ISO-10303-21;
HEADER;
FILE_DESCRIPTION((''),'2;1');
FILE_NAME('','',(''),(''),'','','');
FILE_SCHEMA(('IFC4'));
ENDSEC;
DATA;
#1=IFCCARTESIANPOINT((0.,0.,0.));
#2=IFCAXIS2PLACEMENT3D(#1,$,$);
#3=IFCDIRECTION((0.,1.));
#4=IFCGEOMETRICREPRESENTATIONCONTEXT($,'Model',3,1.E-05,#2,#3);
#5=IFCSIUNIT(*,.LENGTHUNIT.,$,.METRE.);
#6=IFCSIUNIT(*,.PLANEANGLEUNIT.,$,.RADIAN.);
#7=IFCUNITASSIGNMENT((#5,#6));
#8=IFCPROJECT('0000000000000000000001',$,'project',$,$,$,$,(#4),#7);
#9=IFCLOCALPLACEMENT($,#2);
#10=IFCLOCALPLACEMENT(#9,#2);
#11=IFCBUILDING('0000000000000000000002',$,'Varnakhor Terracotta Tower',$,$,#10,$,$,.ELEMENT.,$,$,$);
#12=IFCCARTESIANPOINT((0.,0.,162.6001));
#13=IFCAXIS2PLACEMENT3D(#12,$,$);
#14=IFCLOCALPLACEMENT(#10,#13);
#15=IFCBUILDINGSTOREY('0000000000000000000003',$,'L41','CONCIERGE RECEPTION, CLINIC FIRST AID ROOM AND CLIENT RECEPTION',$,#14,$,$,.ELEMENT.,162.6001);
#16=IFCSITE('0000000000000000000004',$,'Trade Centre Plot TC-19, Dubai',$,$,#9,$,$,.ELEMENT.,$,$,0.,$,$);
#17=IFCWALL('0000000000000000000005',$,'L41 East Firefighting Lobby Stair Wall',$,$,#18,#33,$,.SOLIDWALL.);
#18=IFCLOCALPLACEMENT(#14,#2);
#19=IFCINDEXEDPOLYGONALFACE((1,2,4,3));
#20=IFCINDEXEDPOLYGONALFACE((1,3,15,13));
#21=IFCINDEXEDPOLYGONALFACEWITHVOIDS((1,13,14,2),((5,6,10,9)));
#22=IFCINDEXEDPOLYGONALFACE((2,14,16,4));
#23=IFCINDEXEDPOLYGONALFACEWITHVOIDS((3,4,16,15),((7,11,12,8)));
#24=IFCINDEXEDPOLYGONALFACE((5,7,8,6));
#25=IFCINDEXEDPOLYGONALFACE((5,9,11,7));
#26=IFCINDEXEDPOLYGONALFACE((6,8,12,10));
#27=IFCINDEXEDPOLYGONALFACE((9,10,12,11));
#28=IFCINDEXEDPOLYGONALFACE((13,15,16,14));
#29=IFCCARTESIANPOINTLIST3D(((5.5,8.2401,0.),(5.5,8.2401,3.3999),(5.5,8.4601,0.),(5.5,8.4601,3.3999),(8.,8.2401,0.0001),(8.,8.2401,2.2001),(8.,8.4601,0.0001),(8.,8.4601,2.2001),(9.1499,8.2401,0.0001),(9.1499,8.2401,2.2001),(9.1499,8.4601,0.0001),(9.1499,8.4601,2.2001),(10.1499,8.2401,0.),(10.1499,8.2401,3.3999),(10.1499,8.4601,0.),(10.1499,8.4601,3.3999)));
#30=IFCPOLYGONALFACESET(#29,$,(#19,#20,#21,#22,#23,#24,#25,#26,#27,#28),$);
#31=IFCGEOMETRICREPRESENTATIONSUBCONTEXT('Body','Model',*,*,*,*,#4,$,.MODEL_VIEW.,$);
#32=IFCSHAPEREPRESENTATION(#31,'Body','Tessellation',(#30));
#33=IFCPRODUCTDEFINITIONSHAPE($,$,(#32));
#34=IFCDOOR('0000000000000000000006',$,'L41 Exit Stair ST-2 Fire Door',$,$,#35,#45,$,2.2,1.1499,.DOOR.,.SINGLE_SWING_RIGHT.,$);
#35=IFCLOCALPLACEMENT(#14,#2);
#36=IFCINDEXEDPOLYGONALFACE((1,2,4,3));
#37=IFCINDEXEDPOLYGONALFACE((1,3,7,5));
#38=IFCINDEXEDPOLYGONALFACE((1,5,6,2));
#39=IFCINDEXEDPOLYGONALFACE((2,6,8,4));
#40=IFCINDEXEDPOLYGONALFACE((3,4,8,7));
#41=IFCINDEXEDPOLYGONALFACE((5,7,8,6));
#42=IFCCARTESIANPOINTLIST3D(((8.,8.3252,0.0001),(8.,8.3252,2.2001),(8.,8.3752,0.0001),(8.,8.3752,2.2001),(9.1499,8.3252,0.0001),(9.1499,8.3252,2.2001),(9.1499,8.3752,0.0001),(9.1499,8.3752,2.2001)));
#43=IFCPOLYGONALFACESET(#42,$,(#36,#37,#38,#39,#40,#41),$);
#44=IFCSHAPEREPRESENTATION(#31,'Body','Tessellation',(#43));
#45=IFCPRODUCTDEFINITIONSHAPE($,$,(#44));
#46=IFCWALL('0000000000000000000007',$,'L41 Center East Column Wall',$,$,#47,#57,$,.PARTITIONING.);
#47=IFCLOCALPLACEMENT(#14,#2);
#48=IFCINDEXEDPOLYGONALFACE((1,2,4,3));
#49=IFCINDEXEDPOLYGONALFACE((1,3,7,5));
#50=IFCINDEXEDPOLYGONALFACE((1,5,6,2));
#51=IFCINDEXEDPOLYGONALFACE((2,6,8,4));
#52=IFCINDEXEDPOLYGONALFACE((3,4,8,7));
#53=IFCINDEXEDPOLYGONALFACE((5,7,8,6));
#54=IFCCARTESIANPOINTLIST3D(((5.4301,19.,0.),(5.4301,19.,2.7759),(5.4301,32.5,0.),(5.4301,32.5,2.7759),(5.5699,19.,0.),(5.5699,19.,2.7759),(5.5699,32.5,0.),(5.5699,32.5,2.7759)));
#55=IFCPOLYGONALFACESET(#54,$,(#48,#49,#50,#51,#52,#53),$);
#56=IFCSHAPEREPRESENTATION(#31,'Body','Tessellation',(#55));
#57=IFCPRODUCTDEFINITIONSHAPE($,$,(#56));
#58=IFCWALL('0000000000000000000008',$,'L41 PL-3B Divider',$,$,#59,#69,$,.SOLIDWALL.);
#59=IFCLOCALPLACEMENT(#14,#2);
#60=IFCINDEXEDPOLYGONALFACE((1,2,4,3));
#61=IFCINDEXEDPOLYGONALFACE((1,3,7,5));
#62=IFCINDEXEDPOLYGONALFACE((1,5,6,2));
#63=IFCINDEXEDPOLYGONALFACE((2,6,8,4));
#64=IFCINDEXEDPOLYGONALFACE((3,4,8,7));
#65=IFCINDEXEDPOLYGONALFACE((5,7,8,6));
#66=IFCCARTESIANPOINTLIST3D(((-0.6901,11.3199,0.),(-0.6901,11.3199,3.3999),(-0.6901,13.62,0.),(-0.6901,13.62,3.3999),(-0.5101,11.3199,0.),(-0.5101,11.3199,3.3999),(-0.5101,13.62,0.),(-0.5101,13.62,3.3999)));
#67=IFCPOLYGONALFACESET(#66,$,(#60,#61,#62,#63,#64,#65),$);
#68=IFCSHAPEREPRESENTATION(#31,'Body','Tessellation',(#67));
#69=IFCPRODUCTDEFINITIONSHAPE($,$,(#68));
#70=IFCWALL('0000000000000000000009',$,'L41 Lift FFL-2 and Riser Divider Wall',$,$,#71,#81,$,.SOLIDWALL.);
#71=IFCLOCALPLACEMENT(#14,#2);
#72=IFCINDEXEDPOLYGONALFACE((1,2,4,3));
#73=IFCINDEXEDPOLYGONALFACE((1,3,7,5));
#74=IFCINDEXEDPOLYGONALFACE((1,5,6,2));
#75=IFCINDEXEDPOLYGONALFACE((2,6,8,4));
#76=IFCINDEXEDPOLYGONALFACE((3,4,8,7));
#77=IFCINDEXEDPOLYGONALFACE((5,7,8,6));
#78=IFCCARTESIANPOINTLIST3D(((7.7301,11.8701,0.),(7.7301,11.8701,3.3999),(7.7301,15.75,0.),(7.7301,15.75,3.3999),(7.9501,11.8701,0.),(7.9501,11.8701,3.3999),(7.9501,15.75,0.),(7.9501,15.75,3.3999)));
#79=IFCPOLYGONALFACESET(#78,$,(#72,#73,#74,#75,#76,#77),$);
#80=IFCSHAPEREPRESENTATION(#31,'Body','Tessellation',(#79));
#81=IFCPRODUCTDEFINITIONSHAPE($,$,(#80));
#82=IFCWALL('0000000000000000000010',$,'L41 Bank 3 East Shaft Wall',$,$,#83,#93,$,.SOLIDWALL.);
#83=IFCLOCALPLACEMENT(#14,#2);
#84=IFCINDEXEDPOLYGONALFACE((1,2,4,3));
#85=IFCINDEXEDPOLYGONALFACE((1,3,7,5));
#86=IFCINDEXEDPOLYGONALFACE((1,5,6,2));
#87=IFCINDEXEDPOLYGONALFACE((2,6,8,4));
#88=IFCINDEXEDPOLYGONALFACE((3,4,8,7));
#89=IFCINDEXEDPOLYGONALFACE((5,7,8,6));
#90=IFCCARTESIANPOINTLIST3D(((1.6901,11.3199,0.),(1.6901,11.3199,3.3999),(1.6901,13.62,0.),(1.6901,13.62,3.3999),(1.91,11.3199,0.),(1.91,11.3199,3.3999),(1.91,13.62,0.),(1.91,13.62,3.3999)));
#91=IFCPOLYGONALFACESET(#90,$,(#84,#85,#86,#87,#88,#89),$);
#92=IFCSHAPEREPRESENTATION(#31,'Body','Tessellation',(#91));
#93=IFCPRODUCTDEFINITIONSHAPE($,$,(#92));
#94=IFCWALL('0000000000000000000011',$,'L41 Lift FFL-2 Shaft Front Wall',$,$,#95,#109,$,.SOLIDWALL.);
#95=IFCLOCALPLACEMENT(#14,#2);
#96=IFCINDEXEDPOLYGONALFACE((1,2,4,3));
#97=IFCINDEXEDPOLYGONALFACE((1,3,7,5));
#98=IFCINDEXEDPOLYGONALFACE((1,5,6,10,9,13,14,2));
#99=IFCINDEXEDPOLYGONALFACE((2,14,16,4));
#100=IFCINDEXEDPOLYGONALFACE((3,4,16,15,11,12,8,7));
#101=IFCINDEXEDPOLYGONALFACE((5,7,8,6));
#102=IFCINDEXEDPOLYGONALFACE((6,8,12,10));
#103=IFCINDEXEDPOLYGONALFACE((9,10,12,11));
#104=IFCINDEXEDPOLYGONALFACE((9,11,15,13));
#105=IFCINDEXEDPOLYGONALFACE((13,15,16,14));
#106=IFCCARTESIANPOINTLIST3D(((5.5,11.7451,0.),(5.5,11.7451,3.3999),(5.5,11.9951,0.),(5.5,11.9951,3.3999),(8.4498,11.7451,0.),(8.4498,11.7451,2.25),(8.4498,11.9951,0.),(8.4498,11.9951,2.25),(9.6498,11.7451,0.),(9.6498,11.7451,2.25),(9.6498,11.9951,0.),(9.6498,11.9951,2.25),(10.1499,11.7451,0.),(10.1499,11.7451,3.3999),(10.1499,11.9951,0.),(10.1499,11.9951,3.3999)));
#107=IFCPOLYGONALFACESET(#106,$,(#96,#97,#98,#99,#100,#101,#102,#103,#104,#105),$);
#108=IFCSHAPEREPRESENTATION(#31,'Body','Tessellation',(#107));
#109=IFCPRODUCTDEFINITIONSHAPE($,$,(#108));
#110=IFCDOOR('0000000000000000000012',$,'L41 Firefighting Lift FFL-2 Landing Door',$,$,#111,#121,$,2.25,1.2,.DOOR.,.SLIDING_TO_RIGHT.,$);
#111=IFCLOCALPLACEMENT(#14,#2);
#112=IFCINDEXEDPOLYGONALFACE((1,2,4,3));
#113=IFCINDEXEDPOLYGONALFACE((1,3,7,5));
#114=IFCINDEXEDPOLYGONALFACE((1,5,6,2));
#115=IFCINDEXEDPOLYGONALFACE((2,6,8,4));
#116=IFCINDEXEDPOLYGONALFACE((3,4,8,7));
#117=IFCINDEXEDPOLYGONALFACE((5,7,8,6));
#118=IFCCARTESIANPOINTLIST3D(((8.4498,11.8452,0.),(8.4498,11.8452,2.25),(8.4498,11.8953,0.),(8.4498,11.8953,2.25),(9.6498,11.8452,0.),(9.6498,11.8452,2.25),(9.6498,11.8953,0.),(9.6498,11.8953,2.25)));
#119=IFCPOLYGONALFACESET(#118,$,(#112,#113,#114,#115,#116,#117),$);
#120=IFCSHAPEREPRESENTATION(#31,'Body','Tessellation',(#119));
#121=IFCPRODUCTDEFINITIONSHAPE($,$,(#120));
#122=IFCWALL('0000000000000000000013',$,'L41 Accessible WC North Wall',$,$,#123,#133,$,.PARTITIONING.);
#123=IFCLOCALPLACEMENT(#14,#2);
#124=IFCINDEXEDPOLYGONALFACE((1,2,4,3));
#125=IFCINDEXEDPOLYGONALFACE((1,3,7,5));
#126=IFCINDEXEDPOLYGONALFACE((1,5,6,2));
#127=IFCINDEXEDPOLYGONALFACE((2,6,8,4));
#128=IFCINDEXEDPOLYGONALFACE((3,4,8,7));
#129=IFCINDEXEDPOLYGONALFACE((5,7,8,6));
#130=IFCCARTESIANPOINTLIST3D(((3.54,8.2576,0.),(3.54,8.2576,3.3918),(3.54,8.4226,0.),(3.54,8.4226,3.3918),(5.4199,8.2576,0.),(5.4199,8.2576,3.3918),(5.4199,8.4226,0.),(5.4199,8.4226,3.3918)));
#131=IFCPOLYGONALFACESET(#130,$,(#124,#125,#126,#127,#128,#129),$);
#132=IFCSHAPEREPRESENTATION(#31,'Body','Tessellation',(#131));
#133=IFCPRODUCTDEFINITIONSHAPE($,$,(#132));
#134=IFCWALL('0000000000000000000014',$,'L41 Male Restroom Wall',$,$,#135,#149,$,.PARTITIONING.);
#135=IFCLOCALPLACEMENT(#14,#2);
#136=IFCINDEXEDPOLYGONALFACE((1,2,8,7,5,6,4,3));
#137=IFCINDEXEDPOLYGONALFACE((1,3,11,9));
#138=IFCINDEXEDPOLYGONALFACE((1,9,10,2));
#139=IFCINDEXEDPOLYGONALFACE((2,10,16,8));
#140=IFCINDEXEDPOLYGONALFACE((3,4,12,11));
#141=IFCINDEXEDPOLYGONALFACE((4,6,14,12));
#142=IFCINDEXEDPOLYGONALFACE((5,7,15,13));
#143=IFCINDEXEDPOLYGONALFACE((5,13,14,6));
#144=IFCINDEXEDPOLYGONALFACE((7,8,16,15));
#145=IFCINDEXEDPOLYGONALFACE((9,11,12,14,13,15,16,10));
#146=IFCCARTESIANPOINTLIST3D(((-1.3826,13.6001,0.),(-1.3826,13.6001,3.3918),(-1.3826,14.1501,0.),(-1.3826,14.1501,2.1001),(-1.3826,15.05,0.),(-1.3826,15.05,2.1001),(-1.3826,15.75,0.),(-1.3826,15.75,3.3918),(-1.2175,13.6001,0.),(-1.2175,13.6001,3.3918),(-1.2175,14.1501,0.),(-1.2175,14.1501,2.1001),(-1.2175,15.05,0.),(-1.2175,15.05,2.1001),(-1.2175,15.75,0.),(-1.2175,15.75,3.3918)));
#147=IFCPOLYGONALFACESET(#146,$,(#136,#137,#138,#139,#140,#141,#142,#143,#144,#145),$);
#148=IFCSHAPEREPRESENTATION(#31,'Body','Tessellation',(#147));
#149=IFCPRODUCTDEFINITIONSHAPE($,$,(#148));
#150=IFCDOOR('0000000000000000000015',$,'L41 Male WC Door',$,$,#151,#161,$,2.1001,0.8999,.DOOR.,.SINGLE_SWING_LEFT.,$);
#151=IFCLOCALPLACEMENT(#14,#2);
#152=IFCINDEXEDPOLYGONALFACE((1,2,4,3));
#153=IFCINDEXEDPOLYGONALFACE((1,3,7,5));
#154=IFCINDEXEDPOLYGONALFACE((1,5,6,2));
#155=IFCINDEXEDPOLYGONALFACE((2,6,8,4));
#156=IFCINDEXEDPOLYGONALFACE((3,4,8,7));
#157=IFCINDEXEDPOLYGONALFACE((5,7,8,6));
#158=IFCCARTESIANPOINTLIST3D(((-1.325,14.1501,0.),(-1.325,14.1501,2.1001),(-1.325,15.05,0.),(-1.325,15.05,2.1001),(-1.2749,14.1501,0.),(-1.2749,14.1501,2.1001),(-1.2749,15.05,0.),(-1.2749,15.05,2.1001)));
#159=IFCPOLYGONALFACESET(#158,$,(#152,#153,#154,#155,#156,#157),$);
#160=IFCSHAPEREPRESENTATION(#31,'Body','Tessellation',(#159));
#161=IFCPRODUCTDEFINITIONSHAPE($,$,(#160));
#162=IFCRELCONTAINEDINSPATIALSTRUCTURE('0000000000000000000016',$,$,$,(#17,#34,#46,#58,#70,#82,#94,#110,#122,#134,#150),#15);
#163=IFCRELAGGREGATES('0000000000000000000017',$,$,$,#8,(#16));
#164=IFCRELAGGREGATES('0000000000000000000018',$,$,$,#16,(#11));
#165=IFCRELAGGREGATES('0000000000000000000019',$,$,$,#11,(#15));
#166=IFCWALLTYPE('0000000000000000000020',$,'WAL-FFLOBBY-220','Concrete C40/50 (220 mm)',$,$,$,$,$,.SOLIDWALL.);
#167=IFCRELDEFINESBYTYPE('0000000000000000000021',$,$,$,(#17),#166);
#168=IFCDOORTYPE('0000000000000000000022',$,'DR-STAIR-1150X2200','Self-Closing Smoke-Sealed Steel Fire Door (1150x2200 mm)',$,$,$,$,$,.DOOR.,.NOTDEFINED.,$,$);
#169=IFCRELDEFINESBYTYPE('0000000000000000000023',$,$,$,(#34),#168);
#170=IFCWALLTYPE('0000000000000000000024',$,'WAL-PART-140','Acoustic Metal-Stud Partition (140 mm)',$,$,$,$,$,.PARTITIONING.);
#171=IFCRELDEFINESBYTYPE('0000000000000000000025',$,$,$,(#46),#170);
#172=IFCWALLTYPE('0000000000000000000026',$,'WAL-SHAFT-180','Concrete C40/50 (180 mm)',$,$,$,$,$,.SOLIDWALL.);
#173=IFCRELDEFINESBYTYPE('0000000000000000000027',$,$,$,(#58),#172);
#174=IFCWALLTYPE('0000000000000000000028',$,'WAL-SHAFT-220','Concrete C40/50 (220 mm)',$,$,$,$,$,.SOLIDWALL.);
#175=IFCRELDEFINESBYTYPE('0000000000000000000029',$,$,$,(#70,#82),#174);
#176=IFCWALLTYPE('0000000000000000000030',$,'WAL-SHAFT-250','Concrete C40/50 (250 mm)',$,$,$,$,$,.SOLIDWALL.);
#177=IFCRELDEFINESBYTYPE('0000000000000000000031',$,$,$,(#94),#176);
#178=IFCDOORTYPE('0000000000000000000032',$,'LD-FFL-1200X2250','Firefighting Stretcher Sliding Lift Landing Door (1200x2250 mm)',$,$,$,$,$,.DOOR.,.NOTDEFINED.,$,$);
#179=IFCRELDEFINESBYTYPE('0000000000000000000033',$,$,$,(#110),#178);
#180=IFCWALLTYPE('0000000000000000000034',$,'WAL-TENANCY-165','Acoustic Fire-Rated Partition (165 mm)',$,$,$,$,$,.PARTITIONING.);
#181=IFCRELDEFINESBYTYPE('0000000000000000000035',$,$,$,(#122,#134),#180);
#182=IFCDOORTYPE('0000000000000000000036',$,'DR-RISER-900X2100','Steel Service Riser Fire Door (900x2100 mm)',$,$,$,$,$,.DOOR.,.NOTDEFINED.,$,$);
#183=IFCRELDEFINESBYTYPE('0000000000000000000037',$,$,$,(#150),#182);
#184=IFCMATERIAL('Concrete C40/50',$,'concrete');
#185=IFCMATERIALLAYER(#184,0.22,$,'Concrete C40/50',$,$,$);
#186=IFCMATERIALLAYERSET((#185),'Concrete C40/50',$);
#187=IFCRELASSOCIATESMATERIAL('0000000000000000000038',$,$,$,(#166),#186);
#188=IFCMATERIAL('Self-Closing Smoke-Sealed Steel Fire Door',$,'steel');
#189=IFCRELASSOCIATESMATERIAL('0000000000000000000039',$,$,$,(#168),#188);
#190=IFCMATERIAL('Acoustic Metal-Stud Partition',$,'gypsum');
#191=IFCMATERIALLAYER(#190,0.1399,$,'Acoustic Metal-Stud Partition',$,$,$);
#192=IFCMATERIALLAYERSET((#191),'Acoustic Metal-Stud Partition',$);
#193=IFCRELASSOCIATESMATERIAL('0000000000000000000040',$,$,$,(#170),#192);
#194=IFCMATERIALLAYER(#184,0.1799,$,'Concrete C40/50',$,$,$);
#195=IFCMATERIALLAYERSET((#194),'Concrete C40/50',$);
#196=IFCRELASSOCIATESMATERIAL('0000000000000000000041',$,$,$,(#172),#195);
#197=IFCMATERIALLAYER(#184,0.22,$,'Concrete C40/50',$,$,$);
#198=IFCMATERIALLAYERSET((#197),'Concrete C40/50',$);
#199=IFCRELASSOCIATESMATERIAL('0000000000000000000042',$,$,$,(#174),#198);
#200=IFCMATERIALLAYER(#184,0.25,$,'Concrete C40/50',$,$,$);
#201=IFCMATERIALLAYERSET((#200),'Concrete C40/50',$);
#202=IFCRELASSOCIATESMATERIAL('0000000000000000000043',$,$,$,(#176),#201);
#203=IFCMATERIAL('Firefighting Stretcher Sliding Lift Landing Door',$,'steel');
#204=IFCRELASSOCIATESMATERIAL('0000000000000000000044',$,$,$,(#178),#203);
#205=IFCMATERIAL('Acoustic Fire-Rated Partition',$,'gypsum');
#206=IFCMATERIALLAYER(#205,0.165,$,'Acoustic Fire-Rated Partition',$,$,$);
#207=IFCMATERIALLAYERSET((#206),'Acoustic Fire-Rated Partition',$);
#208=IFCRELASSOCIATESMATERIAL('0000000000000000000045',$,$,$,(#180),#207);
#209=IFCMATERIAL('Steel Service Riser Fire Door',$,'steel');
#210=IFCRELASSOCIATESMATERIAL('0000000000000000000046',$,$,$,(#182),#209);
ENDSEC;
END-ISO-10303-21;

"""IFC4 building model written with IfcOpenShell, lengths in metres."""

from ifc_helpers import new_model, si_unit, direction, frame, frame_2d, origin, place, context, subcontext, project, spatial, rectangle, extrude, source, transform, mapped, material, layer, layer_set, type_object, type_shapes, element, fill, save


model = new_model("IFC4")

# Units and contexts
model_context = context("Model", 3, precision=1e-05, world=origin(), true_north=direction((0.0, 1.0)))
body_context = subcontext(model_context, "Body", "Model", "MODEL_VIEW")
ifc_project = project(units=[si_unit("LENGTHUNIT", "METRE"), si_unit("PLANEANGLEUNIT", "RADIAN")], contexts=[model_context])

# Site, building, storey
site_placement = place(None, origin())
site = spatial("IfcSite", under=ifc_project, at=site_placement, Name="Trade Centre Plot TC-19, Dubai", CompositionType="ELEMENT", RefElevation=0.0)
building_placement = place(site_placement, origin())
building = spatial("IfcBuilding", under=site, at=building_placement, Name="Varnakhor Terracotta Tower", CompositionType="ELEMENT")
storey_placement = place(building_placement, frame((0.0, 0.0, 162.6001)))
storey = spatial("IfcBuildingStorey", under=building, at=storey_placement, Name="L41", Description="CONCIERGE RECEPTION, CLINIC FIRST AID ROOM AND CLIENT RECEPTION", CompositionType="ELEMENT", Elevation=162.6001)

# Wall, opening, door
ifc_material_1 = material(Name="Concrete C40/50", Category="concrete")
ifc_layer_1 = layer(ifc_material_1, 0.22, Name="Concrete C40/50")
ifc_layer_set_1 = layer_set([ifc_layer_1], Name="Concrete C40/50")
wall_type_1 = type_object("IfcWallType", Name="WAL-FFLOBBY-220", Description="Concrete C40/50 (220 mm)", PredefinedType="SOLIDWALL", material=ifc_layer_set_1)
wall_1_placement = place(storey_placement, frame((10.1499, 8.3501, 0.0), z_axis=(0.0, 0.0, 1.0), x_axis=(-1.0, 0.0, 0.0)))
wall_1 = element("IfcWall", 1, at=wall_1_placement, inside=storey, type_object=wall_type_1, Name="L41 East Firefighting Lobby Stair Wall", PredefinedType="SOLIDWALL", context=body_context, shape_type="SweptSolid", body=[
    extrude(rectangle(XDim=4.6499, YDim=0.22, at=frame_2d((2.325, 0.0))), origin(), (0.0, 0.0, 1.0), 3.3999),
])
opening_1_placement = place(wall_1_placement, frame((1.0, 0.0, 0.0)))
opening_1 = element("IfcOpeningElement", 2, at=opening_1_placement, cuts=wall_1, PredefinedType="OPENING", context=body_context, shape_type="SweptSolid", body=[
    extrude(rectangle(XDim=1.1499, YDim=2.2, at=frame_2d((0.575, 1.1001))), frame((0.0, 0.1201, 0.0), z_axis=(0.0, -1.0, 0.0), x_axis=(1.0, 0.0, 0.0)), (0.0, 0.0, 1.0), 0.24),
])
ifc_material_2 = material(Name="Self-Closing Smoke-Sealed Steel Fire Door", Category="steel")
door_type_1 = type_object("IfcDoorType", Name="DR-STAIR-1150X2200", Description="Self-Closing Smoke-Sealed Steel Fire Door (1150x2200 mm)", OperationType="NOTDEFINED", PredefinedType="DOOR", material=ifc_material_2)
shared_shape_1 = source(origin(), body_context, "Body", "SweptSolid", [
    extrude(rectangle(XDim=1.1499, YDim=2.2, at=frame_2d((0.575, 1.1001))), frame((0.0, 0.0249, 0.0), z_axis=(0.0, -1.0, 0.0), x_axis=(1.0, 0.0, 0.0)), (0.0, 0.0, 1.0), 0.05),
])
type_shapes(door_type_1, [shared_shape_1])
door_1_placement = place(opening_1_placement, origin())
door_1 = element("IfcDoor", 3, at=door_1_placement, inside=storey, type_object=door_type_1, Name="L41 Exit Stair ST-2 Fire Door", OperationType="SINGLE_SWING_RIGHT", OverallHeight=2.2, OverallWidth=1.1499, PredefinedType="DOOR", context=body_context, shape_type="MappedRepresentation", body=[
    mapped(shared_shape_1, transform((0.0, 0.0, 0.0), scale=1.0)),
])
fill(opening_1, door_1)

# Walls
ifc_material_3 = material(Name="Acoustic Metal-Stud Partition", Category="gypsum")
ifc_layer_2 = layer(ifc_material_3, 0.1399, Name="Acoustic Metal-Stud Partition")
ifc_layer_set_2 = layer_set([ifc_layer_2], Name="Acoustic Metal-Stud Partition")
wall_type_2 = type_object("IfcWallType", Name="WAL-PART-140", Description="Acoustic Metal-Stud Partition (140 mm)", PredefinedType="PARTITIONING", material=ifc_layer_set_2)
wall_2_placement = place(storey_placement, frame((5.5, 19.0, 0.0), z_axis=(0.0, 0.0, 1.0), x_axis=(0.0, 1.0, 0.0)))
element("IfcWall", 4, at=wall_2_placement, inside=storey, type_object=wall_type_2, Name="L41 Center East Column Wall", PredefinedType="PARTITIONING", context=body_context, shape_type="SweptSolid", body=[
    extrude(rectangle(XDim=13.5, YDim=0.1399, at=frame_2d((6.75, 0.0))), origin(), (0.0, 0.0, 1.0), 2.7759),
])
ifc_layer_3 = layer(ifc_material_1, 0.1799, Name="Concrete C40/50")
ifc_layer_set_3 = layer_set([ifc_layer_3], Name="Concrete C40/50")
wall_type_3 = type_object("IfcWallType", Name="WAL-SHAFT-180", Description="Concrete C40/50 (180 mm)", PredefinedType="SOLIDWALL", material=ifc_layer_set_3)
wall_3_placement = place(storey_placement, frame((-0.6001, 11.3201, 0.0), z_axis=(0.0, 0.0, 1.0), x_axis=(0.0, 1.0, 0.0)))
element("IfcWall", 5, at=wall_3_placement, inside=storey, type_object=wall_type_3, Name="L41 PL-3B Divider", PredefinedType="SOLIDWALL", context=body_context, shape_type="SweptSolid", body=[
    extrude(rectangle(XDim=2.3, YDim=0.1799, at=frame_2d((1.1499, 0.0))), origin(), (0.0, 0.0, 1.0), 3.3999),
])
ifc_layer_4 = layer(ifc_material_1, 0.22, Name="Concrete C40/50")
ifc_layer_set_4 = layer_set([ifc_layer_4], Name="Concrete C40/50")
wall_type_4 = type_object("IfcWallType", Name="WAL-SHAFT-220", Description="Concrete C40/50 (220 mm)", PredefinedType="SOLIDWALL", material=ifc_layer_set_4)
wall_4_placement = place(storey_placement, frame((7.8401, 11.8701, 0.0), z_axis=(0.0, 0.0, 1.0), x_axis=(0.0, 1.0, 0.0)))
element("IfcWall", 6, at=wall_4_placement, inside=storey, type_object=wall_type_4, Name="L41 Lift FFL-2 and Riser Divider Wall", PredefinedType="SOLIDWALL", context=body_context, shape_type="SweptSolid", body=[
    extrude(rectangle(XDim=3.8799, YDim=0.22, at=frame_2d((1.9399, 0.0))), origin(), (0.0, 0.0, 1.0), 3.3999),
])
wall_5_placement = place(storey_placement, frame((1.8, 11.3201, 0.0), z_axis=(0.0, 0.0, 1.0), x_axis=(0.0, 1.0, 0.0)))
element("IfcWall", 7, at=wall_5_placement, inside=storey, type_object=wall_type_4, Name="L41 Bank 3 East Shaft Wall", PredefinedType="SOLIDWALL", context=body_context, shape_type="SweptSolid", body=[
    extrude(rectangle(XDim=2.3, YDim=0.22, at=frame_2d((1.1499, 0.0))), origin(), (0.0, 0.0, 1.0), 3.3999),
])

# Wall, opening, door
ifc_layer_5 = layer(ifc_material_1, 0.25, Name="Concrete C40/50")
ifc_layer_set_5 = layer_set([ifc_layer_5], Name="Concrete C40/50")
wall_type_5 = type_object("IfcWallType", Name="WAL-SHAFT-250", Description="Concrete C40/50 (250 mm)", PredefinedType="SOLIDWALL", material=ifc_layer_set_5)
wall_6_placement = place(storey_placement, frame((10.1499, 11.8701, 0.0), z_axis=(0.0, 0.0, 1.0), x_axis=(-1.0, 0.0, 0.0)))
wall_6 = element("IfcWall", 8, at=wall_6_placement, inside=storey, type_object=wall_type_5, Name="L41 Lift FFL-2 Shaft Front Wall", PredefinedType="SOLIDWALL", context=body_context, shape_type="SweptSolid", body=[
    extrude(rectangle(XDim=4.6499, YDim=0.25, at=frame_2d((2.325, 0.0))), origin(), (0.0, 0.0, 1.0), 3.3999),
])
opening_2_placement = place(wall_6_placement, frame((0.5, 0.0, 0.0)))
opening_2 = element("IfcOpeningElement", 9, at=opening_2_placement, cuts=wall_6, PredefinedType="OPENING", context=body_context, shape_type="SweptSolid", body=[
    extrude(rectangle(XDim=1.2, YDim=2.25, at=frame_2d((0.6001, 1.125))), frame((0.0, 0.135, 0.0), z_axis=(0.0, -1.0, 0.0), x_axis=(1.0, 0.0, 0.0)), (0.0, 0.0, 1.0), 0.27),
])
ifc_material_4 = material(Name="Firefighting Stretcher Sliding Lift Landing Door", Category="steel")
door_type_2 = type_object("IfcDoorType", Name="LD-FFL-1200X2250", Description="Firefighting Stretcher Sliding Lift Landing Door (1200x2250 mm)", OperationType="NOTDEFINED", PredefinedType="DOOR", material=ifc_material_4)
shared_shape_2 = source(origin(), body_context, "Body", "SweptSolid", [
    extrude(rectangle(XDim=1.2, YDim=2.25, at=frame_2d((0.6001, 1.125))), frame((0.0, 0.0249, 0.0), z_axis=(0.0, -1.0, 0.0), x_axis=(1.0, 0.0, 0.0)), (0.0, 0.0, 1.0), 0.05),
])
type_shapes(door_type_2, [shared_shape_2])
door_2_placement = place(opening_2_placement, origin())
door_2 = element("IfcDoor", 10, at=door_2_placement, inside=storey, type_object=door_type_2, Name="L41 Firefighting Lift FFL-2 Landing Door", OperationType="SLIDING_TO_RIGHT", OverallHeight=2.25, OverallWidth=1.2, PredefinedType="DOOR", context=body_context, shape_type="MappedRepresentation", body=[
    mapped(shared_shape_2, transform((0.0, 0.0, 0.0), scale=1.0)),
])
fill(opening_2, door_2)

# Wall
ifc_material_5 = material(Name="Acoustic Fire-Rated Partition", Category="gypsum")
ifc_layer_6 = layer(ifc_material_5, 0.165, Name="Acoustic Fire-Rated Partition")
ifc_layer_set_6 = layer_set([ifc_layer_6], Name="Acoustic Fire-Rated Partition")
wall_type_6 = type_object("IfcWallType", Name="WAL-TENANCY-165", Description="Acoustic Fire-Rated Partition (165 mm)", PredefinedType="PARTITIONING", material=ifc_layer_set_6)
wall_7_placement = place(storey_placement, frame((3.54, 8.3401, 0.0), z_axis=(0.0, 0.0, 1.0), x_axis=(1.0, 0.0, 0.0)))
element("IfcWall", 11, at=wall_7_placement, inside=storey, type_object=wall_type_6, Name="L41 Accessible WC North Wall", PredefinedType="PARTITIONING", context=body_context, shape_type="SweptSolid", body=[
    extrude(rectangle(XDim=1.8799, YDim=0.165, at=frame_2d((0.9399, 0.0))), origin(), (0.0, 0.0, 1.0), 3.3918),
])

# Wall, opening, door
wall_8_placement = place(storey_placement, frame((-1.3, 13.6001, 0.0), z_axis=(0.0, 0.0, 1.0), x_axis=(0.0, 1.0, 0.0)))
wall_8 = element("IfcWall", 12, at=wall_8_placement, inside=storey, type_object=wall_type_6, Name="L41 Male Restroom Wall", PredefinedType="PARTITIONING", context=body_context, shape_type="SweptSolid", body=[
    extrude(rectangle(XDim=2.1499, YDim=0.165, at=frame_2d((1.075, 0.0))), origin(), (0.0, 0.0, 1.0), 3.3918),
])
opening_3_placement = place(wall_8_placement, frame((0.55, 0.0, 0.0)))
opening_3 = element("IfcOpeningElement", 13, at=opening_3_placement, cuts=wall_8, PredefinedType="OPENING", context=body_context, shape_type="SweptSolid", body=[
    extrude(rectangle(XDim=0.8999, YDim=2.1001, at=frame_2d((0.45, 1.05))), frame((0.0, 0.0925, 0.0), z_axis=(0.0, -1.0, 0.0), x_axis=(1.0, 0.0, 0.0)), (0.0, 0.0, 1.0), 0.1851),
])
ifc_material_6 = material(Name="Steel Service Riser Fire Door", Category="steel")
door_type_3 = type_object("IfcDoorType", Name="DR-RISER-900X2100", Description="Steel Service Riser Fire Door (900x2100 mm)", OperationType="NOTDEFINED", PredefinedType="DOOR", material=ifc_material_6)
shared_shape_3 = source(origin(), body_context, "Body", "SweptSolid", [
    extrude(rectangle(XDim=0.8999, YDim=2.1001, at=frame_2d((0.45, 1.05))), frame((0.0, 0.0249, 0.0), z_axis=(0.0, -1.0, 0.0), x_axis=(1.0, 0.0, 0.0)), (0.0, 0.0, 1.0), 0.05),
])
type_shapes(door_type_3, [shared_shape_3])
door_3_placement = place(opening_3_placement, origin())
door_3 = element("IfcDoor", 14, at=door_3_placement, inside=storey, type_object=door_type_3, Name="L41 Male WC Door", OperationType="SINGLE_SWING_LEFT", OverallHeight=2.1001, OverallWidth=0.8999, PredefinedType="DOOR", context=body_context, shape_type="MappedRepresentation", body=[
    mapped(shared_shape_3, transform((0.0, 0.0, 0.0), scale=1.0)),
])
fill(opening_3, door_3)

save(model, "model.ifc")
